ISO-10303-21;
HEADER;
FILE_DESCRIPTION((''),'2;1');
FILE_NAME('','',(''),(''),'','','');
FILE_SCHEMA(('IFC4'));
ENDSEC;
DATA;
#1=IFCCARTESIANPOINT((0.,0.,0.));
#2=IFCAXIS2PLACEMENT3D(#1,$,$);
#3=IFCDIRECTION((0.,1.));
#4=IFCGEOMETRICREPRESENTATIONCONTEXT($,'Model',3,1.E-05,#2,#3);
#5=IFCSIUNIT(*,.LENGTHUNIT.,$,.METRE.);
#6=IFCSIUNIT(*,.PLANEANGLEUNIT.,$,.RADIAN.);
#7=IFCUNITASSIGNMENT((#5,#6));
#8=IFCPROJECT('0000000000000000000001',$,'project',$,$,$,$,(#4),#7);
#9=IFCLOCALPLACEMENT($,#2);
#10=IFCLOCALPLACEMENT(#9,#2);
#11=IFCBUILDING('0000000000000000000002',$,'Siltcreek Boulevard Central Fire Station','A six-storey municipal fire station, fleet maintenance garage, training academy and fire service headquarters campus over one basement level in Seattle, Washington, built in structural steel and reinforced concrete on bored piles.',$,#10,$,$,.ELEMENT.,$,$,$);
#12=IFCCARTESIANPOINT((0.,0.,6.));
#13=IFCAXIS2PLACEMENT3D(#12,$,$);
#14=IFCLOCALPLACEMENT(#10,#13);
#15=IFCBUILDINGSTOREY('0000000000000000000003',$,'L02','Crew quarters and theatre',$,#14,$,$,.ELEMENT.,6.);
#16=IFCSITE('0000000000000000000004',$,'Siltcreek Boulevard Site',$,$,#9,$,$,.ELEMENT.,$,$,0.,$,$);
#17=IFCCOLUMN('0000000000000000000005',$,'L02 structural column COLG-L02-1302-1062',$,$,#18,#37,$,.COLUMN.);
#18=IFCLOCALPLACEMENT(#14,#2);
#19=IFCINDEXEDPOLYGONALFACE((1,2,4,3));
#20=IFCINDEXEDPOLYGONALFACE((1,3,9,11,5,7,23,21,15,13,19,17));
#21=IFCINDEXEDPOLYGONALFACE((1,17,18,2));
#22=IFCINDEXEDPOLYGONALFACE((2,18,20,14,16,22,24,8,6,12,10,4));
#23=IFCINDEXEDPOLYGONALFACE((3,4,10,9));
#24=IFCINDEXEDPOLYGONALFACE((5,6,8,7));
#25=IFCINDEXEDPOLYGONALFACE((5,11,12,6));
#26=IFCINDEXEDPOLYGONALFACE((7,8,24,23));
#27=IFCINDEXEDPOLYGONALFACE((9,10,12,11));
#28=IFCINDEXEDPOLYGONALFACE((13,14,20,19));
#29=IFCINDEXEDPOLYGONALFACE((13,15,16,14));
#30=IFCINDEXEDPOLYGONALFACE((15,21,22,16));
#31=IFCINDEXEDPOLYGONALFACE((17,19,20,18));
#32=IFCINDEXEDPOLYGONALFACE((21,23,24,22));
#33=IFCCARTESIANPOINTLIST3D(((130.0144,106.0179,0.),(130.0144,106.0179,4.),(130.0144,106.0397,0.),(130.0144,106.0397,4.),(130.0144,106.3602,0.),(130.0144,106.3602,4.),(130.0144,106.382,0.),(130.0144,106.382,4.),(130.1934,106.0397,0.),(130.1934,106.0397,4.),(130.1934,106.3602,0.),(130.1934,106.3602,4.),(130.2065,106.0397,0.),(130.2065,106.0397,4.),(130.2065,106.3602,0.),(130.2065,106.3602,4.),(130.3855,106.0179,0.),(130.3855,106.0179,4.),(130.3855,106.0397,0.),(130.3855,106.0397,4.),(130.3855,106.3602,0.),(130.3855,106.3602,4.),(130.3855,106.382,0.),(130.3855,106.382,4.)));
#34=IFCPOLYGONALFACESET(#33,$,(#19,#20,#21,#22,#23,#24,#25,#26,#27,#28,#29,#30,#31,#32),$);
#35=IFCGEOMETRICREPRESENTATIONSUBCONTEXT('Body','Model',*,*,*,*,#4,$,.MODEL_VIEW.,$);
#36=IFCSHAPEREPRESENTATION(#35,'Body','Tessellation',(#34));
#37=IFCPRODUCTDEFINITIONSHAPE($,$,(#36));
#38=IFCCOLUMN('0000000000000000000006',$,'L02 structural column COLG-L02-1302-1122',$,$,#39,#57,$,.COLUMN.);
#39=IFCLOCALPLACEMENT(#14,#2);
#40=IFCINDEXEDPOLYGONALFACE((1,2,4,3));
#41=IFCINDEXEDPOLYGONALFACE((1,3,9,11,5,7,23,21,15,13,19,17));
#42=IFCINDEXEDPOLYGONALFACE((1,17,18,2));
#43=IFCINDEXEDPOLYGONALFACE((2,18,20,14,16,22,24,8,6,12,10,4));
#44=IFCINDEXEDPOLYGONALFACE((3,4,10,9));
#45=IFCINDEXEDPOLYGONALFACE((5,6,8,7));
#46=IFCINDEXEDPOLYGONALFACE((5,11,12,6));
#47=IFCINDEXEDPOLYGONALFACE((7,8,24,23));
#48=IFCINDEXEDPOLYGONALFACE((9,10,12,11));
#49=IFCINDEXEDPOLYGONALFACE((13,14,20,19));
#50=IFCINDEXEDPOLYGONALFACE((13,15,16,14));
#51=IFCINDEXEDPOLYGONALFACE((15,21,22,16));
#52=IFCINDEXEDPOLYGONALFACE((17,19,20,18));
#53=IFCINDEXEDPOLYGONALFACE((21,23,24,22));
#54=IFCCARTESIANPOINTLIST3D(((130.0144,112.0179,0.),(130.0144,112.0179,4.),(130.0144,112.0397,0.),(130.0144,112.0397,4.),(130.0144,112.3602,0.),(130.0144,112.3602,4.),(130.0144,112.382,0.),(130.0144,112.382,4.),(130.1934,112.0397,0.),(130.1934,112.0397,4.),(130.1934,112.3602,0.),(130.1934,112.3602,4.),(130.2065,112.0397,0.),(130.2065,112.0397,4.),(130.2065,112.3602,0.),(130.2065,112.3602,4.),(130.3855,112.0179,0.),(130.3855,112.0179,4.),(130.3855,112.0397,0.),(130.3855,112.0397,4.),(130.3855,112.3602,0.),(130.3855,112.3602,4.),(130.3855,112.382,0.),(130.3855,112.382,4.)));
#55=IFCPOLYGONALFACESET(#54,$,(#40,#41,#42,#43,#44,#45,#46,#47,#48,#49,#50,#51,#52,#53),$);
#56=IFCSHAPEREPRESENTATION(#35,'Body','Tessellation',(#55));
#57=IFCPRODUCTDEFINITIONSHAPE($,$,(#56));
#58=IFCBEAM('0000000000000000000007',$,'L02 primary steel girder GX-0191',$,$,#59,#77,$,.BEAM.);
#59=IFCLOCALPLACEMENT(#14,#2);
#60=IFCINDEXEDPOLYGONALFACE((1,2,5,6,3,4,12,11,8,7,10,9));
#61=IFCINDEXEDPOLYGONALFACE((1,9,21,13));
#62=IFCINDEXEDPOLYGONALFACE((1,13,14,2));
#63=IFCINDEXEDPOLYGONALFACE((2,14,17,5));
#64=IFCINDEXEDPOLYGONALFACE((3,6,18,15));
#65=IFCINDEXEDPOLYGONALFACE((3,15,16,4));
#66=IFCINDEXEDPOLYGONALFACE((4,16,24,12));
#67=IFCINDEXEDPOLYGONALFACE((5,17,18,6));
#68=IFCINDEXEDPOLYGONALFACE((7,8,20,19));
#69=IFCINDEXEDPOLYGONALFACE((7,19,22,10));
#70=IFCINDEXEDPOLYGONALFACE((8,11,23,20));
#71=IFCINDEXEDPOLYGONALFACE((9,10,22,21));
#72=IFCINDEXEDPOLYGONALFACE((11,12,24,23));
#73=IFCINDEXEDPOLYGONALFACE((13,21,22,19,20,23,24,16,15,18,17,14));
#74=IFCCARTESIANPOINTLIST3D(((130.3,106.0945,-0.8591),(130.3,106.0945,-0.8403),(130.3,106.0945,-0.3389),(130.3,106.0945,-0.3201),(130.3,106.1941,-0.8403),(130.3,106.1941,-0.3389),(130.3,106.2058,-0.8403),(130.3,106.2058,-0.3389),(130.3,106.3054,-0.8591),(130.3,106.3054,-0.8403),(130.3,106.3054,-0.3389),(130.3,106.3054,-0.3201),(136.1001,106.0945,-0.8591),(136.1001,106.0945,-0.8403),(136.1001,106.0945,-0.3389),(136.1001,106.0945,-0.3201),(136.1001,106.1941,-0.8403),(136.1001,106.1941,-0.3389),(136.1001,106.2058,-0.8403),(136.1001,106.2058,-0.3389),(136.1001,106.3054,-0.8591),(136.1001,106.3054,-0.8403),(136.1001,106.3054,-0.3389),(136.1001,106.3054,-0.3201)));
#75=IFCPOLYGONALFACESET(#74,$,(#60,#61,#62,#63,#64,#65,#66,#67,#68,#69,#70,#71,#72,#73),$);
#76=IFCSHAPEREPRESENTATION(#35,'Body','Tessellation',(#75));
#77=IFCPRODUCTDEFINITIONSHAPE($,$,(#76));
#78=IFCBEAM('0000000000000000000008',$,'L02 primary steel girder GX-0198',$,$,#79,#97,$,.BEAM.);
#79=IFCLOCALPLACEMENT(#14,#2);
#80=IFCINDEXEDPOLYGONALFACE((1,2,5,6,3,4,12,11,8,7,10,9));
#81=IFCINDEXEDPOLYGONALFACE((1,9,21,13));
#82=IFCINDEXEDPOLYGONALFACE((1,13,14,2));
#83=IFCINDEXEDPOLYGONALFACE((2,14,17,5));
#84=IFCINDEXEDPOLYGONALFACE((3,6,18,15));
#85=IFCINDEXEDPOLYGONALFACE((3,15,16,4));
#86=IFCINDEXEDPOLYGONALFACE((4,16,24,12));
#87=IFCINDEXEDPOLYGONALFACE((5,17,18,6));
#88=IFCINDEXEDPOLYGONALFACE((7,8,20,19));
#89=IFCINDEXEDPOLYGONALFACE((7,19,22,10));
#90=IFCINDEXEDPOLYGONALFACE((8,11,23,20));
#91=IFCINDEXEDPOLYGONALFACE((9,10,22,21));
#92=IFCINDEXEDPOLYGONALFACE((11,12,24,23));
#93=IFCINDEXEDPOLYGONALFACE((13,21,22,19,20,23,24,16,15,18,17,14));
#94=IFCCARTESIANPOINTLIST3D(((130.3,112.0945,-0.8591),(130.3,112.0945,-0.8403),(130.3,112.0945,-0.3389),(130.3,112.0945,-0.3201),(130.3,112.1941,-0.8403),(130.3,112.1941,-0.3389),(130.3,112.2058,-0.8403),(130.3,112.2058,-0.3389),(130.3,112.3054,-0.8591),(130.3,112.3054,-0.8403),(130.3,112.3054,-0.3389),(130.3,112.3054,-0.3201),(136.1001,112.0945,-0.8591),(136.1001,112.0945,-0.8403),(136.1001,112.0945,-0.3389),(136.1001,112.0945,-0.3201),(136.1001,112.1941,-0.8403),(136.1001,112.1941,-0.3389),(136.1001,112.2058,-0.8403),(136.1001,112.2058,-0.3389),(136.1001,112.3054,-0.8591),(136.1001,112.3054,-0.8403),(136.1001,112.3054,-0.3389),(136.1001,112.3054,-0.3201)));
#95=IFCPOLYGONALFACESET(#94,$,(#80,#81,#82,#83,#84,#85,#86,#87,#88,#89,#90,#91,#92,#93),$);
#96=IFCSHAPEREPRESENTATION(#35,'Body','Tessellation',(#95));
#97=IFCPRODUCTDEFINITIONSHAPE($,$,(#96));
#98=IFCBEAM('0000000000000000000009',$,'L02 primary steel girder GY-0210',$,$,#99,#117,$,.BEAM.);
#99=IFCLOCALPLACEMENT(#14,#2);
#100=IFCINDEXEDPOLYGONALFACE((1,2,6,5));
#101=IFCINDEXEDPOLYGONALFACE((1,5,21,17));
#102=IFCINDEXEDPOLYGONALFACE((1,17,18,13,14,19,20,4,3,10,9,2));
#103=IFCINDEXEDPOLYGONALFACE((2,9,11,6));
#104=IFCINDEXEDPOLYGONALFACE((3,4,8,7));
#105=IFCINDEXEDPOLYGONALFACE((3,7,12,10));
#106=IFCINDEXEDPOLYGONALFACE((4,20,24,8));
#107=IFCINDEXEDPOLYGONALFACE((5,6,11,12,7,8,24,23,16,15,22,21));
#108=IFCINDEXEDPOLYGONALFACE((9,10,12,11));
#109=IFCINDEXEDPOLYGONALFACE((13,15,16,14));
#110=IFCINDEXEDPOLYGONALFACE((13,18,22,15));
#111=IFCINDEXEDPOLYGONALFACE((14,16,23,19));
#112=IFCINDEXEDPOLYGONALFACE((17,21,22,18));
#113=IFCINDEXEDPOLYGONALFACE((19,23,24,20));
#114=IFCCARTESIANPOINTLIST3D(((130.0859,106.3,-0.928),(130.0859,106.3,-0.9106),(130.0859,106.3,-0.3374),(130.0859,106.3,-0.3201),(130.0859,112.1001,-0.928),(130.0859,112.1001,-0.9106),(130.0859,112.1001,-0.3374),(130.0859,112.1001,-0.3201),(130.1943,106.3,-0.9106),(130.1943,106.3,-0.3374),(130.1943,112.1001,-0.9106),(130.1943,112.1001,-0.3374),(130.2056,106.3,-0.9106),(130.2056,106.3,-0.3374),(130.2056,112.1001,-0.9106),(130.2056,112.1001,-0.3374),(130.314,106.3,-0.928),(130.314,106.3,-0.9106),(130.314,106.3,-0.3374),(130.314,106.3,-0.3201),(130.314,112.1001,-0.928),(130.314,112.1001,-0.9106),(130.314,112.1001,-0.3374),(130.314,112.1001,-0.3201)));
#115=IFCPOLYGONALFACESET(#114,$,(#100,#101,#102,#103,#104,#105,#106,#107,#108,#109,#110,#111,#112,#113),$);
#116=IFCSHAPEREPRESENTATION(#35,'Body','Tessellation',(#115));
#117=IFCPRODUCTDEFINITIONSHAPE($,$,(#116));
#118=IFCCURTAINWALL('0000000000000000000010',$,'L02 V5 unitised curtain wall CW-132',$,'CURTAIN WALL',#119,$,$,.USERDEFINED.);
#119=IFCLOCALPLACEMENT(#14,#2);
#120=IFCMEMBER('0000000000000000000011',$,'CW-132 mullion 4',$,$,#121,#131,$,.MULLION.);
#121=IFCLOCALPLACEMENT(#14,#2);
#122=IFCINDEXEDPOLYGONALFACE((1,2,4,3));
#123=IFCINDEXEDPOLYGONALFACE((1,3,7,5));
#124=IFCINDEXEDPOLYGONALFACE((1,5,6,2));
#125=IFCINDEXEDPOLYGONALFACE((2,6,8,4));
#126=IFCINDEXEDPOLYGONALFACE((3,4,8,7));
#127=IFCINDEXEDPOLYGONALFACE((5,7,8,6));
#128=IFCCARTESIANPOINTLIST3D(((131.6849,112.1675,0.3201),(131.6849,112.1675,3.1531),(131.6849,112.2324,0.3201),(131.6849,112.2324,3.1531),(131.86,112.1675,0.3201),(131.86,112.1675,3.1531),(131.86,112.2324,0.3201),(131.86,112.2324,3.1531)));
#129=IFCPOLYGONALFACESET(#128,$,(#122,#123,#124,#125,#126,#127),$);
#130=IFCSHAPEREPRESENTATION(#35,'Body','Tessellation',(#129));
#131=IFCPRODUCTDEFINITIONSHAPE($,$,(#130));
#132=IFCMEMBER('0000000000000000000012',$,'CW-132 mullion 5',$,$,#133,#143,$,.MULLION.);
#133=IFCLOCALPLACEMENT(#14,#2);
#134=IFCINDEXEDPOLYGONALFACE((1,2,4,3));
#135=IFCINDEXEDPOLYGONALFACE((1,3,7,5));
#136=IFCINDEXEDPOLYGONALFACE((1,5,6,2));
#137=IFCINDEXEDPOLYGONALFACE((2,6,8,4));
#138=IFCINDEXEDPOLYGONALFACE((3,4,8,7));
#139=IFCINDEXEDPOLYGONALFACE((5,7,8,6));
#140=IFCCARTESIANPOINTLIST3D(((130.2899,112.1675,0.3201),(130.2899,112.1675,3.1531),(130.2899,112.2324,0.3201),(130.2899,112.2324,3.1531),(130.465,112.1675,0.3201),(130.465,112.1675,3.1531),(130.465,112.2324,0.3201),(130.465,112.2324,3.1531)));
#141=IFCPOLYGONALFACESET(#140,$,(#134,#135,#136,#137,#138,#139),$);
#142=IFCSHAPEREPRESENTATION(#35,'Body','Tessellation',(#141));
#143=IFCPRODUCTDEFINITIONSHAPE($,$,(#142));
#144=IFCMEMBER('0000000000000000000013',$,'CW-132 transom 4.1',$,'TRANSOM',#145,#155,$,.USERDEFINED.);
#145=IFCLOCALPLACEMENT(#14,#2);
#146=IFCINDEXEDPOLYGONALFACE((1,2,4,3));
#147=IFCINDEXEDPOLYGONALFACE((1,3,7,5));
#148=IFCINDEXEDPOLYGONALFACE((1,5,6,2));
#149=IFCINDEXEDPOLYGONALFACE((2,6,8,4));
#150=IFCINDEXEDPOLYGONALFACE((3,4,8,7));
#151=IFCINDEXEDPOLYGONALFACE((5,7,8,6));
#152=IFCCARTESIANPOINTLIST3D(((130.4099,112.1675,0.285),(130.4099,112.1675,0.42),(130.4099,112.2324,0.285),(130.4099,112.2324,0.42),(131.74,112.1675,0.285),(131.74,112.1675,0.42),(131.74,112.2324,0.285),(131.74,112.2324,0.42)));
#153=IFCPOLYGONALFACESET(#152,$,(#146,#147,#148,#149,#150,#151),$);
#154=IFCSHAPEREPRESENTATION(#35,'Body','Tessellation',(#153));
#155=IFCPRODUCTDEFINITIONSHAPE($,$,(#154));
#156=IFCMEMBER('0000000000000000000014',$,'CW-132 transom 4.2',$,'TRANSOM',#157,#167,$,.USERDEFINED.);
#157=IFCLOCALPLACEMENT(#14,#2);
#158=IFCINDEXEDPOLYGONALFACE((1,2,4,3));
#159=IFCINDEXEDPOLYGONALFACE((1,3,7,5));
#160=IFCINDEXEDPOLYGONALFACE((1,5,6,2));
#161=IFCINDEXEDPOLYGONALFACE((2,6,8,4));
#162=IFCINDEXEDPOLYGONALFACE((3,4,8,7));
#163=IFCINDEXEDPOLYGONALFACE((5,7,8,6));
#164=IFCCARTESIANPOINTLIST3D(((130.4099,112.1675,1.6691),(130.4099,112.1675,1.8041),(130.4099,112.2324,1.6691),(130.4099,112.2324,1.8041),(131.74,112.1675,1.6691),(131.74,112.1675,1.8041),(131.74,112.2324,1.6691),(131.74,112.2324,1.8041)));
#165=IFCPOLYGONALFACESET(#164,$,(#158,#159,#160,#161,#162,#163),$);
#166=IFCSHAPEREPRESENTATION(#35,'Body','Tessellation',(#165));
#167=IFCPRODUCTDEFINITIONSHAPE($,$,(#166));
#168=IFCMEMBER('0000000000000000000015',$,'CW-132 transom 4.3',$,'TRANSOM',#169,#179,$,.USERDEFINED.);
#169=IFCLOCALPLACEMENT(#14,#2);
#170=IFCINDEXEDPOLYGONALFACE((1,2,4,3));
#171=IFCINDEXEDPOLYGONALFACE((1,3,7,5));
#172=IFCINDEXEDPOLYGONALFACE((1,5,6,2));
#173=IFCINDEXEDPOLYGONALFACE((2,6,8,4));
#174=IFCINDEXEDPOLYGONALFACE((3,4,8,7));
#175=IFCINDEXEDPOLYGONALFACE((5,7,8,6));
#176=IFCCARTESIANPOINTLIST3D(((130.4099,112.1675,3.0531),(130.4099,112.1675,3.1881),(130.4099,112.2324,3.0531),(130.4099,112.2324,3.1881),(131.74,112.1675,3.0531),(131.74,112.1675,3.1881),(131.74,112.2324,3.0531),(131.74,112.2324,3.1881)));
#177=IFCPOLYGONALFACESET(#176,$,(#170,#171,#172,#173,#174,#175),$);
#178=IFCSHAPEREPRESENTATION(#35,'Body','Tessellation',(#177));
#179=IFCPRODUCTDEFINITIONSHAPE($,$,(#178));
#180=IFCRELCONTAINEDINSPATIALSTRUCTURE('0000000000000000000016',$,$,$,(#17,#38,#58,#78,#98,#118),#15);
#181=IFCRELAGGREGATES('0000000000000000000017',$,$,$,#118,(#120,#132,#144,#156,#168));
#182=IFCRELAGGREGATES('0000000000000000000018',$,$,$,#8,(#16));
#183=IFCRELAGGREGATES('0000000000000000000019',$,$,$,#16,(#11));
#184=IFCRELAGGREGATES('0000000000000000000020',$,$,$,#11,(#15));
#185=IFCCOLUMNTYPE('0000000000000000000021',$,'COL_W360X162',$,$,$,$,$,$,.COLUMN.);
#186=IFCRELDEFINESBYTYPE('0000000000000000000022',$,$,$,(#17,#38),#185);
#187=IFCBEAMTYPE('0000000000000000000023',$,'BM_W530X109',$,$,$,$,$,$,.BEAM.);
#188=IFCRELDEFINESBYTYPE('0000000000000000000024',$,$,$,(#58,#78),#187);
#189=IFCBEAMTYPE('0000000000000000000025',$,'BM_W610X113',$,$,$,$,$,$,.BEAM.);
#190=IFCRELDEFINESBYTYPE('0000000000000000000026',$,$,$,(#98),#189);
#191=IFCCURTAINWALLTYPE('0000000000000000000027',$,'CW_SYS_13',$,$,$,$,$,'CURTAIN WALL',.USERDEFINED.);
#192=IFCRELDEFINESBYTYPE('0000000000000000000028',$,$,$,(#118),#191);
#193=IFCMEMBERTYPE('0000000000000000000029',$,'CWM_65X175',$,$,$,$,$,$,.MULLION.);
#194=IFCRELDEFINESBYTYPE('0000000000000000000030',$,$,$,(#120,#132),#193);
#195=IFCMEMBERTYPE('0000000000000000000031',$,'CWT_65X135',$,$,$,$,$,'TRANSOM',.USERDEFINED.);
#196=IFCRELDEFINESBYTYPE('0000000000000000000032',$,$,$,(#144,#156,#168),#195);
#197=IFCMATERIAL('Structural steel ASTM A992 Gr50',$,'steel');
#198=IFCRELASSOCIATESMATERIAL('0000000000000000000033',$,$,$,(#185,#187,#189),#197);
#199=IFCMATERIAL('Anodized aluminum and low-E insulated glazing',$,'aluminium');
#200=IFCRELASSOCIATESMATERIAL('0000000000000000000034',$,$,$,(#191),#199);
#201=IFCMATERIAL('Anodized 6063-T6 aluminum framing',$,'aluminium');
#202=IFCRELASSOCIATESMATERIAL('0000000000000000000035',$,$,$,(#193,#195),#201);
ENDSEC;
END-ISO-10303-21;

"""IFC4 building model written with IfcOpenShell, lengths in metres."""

from ifc_helpers import new_model, si_unit, direction, frame, origin, origin_2d, place, context, subcontext, project, spatial, rectangle, i_section, extrude, material, material_profile, profile_set, type_object, element, aggregate, save


model = new_model("IFC4")

# Units and contexts
model_context = context("Model", 3, precision=1e-05, world=origin(), true_north=direction((0.0, 1.0)))
body_context = subcontext(model_context, "Body", "Model", "MODEL_VIEW")
ifc_project = project(units=[si_unit("LENGTHUNIT", "METRE"), si_unit("PLANEANGLEUNIT", "RADIAN")], contexts=[model_context])

# Site, building, storey
site_placement = place(None, origin())
site = spatial("IfcSite", under=ifc_project, at=site_placement, Name="Siltcreek Boulevard Site", CompositionType="ELEMENT", RefElevation=0.0)
building_placement = place(site_placement, origin())
building = spatial("IfcBuilding", under=site, at=building_placement, Name="Siltcreek Boulevard Central Fire Station", Description="A six-storey municipal fire station, fleet maintenance garage, training academy and fire service headquarters campus over one basement level in Seattle, Washington, built in structural steel and reinforced concrete on bored piles.", CompositionType="ELEMENT")
storey_placement = place(building_placement, frame((0.0, 0.0, 6.0)))
storey = spatial("IfcBuildingStorey", under=building, at=storey_placement, Name="L02", Description="Crew quarters and theatre", CompositionType="ELEMENT", Elevation=6.0)

# Columns
ifc_material_1 = material(Name="Structural steel ASTM A992 Gr50", Category="steel")
ifc_material_profile_1 = material_profile(ifc_material_1, i_section(OverallWidth=0.3711, OverallDepth=0.364, WebThickness=0.0132, FlangeThickness=0.0217, at=origin_2d()), Name="W360X162")
ifc_profile_set_1 = profile_set([ifc_material_profile_1], Name="Structural steel ASTM A992 Gr50")
column_type = type_object("IfcColumnType", Name="COL_W360X162", PredefinedType="COLUMN", material=ifc_profile_set_1)
for number, where, z_axis, x_axis, name in (
    (1, (130.2, 106.2, 0.0), (0.0, 0.0, 1.0), (1.0, 0.0, 0.0), "L02 structural column COLG-L02-1302-1062"),
    (2, (130.2, 112.2, 0.0), (0.0, 0.0, 1.0), (1.0, 0.0, 0.0), "L02 structural column COLG-L02-1302-1122"),
):
    element("IfcColumn", number, at=place(storey_placement, frame(where, z_axis=z_axis, x_axis=x_axis)), inside=storey, type_object=column_type, Name=name, PredefinedType="COLUMN", context=body_context, shape_type="SweptSolid", body=[
        extrude(i_section(OverallWidth=0.3711, OverallDepth=0.364, WebThickness=0.0132, FlangeThickness=0.0217, at=origin_2d()), origin(), (0.0, 0.0, 1.0), 4.0),
    ])

# Beams
ifc_material_profile_2 = material_profile(ifc_material_1, i_section(OverallWidth=0.2109, OverallDepth=0.5391, WebThickness=0.0117, FlangeThickness=0.0188, at=origin_2d()), Name="W530X109")
ifc_profile_set_2 = profile_set([ifc_material_profile_2], Name="Structural steel ASTM A992 Gr50")
beam_type_1 = type_object("IfcBeamType", Name="BM_W530X109", PredefinedType="BEAM", material=ifc_profile_set_2)
for number, where, z_axis, x_axis, name in (
    (3, (130.3, 106.2, -0.5896), (1.0, 0.0, 0.0), (0.0, 1.0, 0.0), "L02 primary steel girder GX-0191"),
    (4, (130.3, 112.2, -0.5896), (1.0, 0.0, 0.0), (0.0, 1.0, 0.0), "L02 primary steel girder GX-0198"),
):
    element("IfcBeam", number, at=place(storey_placement, frame(where, z_axis=z_axis, x_axis=x_axis)), inside=storey, type_object=beam_type_1, Name=name, PredefinedType="BEAM", context=body_context, shape_type="SweptSolid", body=[
        extrude(i_section(OverallWidth=0.2109, OverallDepth=0.5391, WebThickness=0.0117, FlangeThickness=0.0188, at=origin_2d()), origin(), (0.0, 0.0, 1.0), 5.8),
    ])
ifc_material_profile_3 = material_profile(ifc_material_1, i_section(OverallWidth=0.228, OverallDepth=0.6079, WebThickness=0.0112, FlangeThickness=0.0173, at=origin_2d()), Name="W610X113")
ifc_profile_set_3 = profile_set([ifc_material_profile_3], Name="Structural steel ASTM A992 Gr50")
beam_type_2 = type_object("IfcBeamType", Name="BM_W610X113", PredefinedType="BEAM", material=ifc_profile_set_3)
beam_1_placement = place(storey_placement, frame((130.2, 106.3, -0.624), z_axis=(0.0, 1.0, 0.0), x_axis=(-1.0, 0.0, 0.0)))
element("IfcBeam", 5, at=beam_1_placement, inside=storey, type_object=beam_type_2, Name="L02 primary steel girder GY-0210", PredefinedType="BEAM", context=body_context, shape_type="SweptSolid", body=[
    extrude(i_section(OverallWidth=0.228, OverallDepth=0.6079, WebThickness=0.0112, FlangeThickness=0.0173, at=origin_2d()), origin(), (0.0, 0.0, 1.0), 5.8),
])

# Curtain wall, members
ifc_material_2 = material(Name="Anodized aluminum and low-E insulated glazing", Category="aluminium")
curtain_wall_type = type_object("IfcCurtainWallType", Name="CW_SYS_13", ElementType="CURTAIN WALL", PredefinedType="USERDEFINED", material=ifc_material_2)
curtain_wall_placement = place(storey_placement, origin())
curtain_wall = element("IfcCurtainWall", 6, at=curtain_wall_placement, inside=storey, type_object=curtain_wall_type, Name="L02 V5 unitised curtain wall CW-132", ObjectType="CURTAIN WALL", PredefinedType="USERDEFINED")
ifc_material_3 = material(Name="Anodized 6063-T6 aluminum framing", Category="aluminium")
ifc_material_profile_4 = material_profile(ifc_material_3, rectangle(XDim=0.0649, YDim=0.175, at=origin_2d()), Name="MULL65X175")
ifc_profile_set_4 = profile_set([ifc_material_profile_4], Name="Anodized 6063-T6 aluminum framing")
member_type_1 = type_object("IfcMemberType", Name="CWM_65X175", PredefinedType="MULLION", material=ifc_profile_set_4)
member_1_placement = place(storey_placement, frame((131.7725, 112.2, 0.3201), z_axis=(0.0, 0.0, 1.0), x_axis=(0.0, -1.0, 0.0)))
member_1 = element("IfcMember", 7, at=member_1_placement, type_object=member_type_1, Name="CW-132 mullion 4", PredefinedType="MULLION", context=body_context, shape_type="SweptSolid", body=[
    extrude(rectangle(XDim=0.0649, YDim=0.175, at=origin_2d()), origin(), (0.0, 0.0, 1.0), 2.833),
])
member_2_placement = place(storey_placement, frame((130.3774, 112.2, 0.3201), z_axis=(0.0, 0.0, 1.0), x_axis=(0.0, -1.0, 0.0)))
member_2 = element("IfcMember", 8, at=member_2_placement, type_object=member_type_1, Name="CW-132 mullion 5", PredefinedType="MULLION", context=body_context, shape_type="SweptSolid", body=[
    extrude(rectangle(XDim=0.0649, YDim=0.175, at=origin_2d()), origin(), (0.0, 0.0, 1.0), 2.833),
])
ifc_material_profile_5 = material_profile(ifc_material_3, rectangle(XDim=0.0649, YDim=0.135, at=origin_2d()), Name="TRAN65X135")
ifc_profile_set_5 = profile_set([ifc_material_profile_5], Name="Anodized 6063-T6 aluminum framing")
member_type_2 = type_object("IfcMemberType", Name="CWT_65X135", ElementType="TRANSOM", PredefinedType="USERDEFINED", material=ifc_profile_set_5)
member_3_placement = place(storey_placement, frame((131.74, 112.2, 0.3525), z_axis=(-1.0, 0.0, 0.0), x_axis=(0.0, -1.0, 0.0)))
member_3 = element("IfcMember", 9, at=member_3_placement, type_object=member_type_2, Name="CW-132 transom 4.1", ObjectType="TRANSOM", PredefinedType="USERDEFINED", context=body_context, shape_type="SweptSolid", body=[
    extrude(rectangle(XDim=0.0649, YDim=0.135, at=origin_2d()), origin(), (0.0, 0.0, 1.0), 1.3301),
])
member_4_placement = place(storey_placement, frame((131.74, 112.2, 1.7366), z_axis=(-1.0, 0.0, 0.0), x_axis=(0.0, -1.0, 0.0)))
member_4 = element("IfcMember", 10, at=member_4_placement, type_object=member_type_2, Name="CW-132 transom 4.2", ObjectType="TRANSOM", PredefinedType="USERDEFINED", context=body_context, shape_type="SweptSolid", body=[
    extrude(rectangle(XDim=0.0649, YDim=0.135, at=origin_2d()), origin(), (0.0, 0.0, 1.0), 1.3301),
])
member_5_placement = place(storey_placement, frame((131.74, 112.2, 3.1206), z_axis=(-1.0, 0.0, 0.0), x_axis=(0.0, -1.0, 0.0)))
member_5 = element("IfcMember", 11, at=member_5_placement, type_object=member_type_2, Name="CW-132 transom 4.3", ObjectType="TRANSOM", PredefinedType="USERDEFINED", context=body_context, shape_type="SweptSolid", body=[
    extrude(rectangle(XDim=0.0649, YDim=0.135, at=origin_2d()), origin(), (0.0, 0.0, 1.0), 1.3301),
])

aggregate(curtain_wall, [member_1, member_2, member_3, member_4, member_5])

save(model, "model.ifc")
